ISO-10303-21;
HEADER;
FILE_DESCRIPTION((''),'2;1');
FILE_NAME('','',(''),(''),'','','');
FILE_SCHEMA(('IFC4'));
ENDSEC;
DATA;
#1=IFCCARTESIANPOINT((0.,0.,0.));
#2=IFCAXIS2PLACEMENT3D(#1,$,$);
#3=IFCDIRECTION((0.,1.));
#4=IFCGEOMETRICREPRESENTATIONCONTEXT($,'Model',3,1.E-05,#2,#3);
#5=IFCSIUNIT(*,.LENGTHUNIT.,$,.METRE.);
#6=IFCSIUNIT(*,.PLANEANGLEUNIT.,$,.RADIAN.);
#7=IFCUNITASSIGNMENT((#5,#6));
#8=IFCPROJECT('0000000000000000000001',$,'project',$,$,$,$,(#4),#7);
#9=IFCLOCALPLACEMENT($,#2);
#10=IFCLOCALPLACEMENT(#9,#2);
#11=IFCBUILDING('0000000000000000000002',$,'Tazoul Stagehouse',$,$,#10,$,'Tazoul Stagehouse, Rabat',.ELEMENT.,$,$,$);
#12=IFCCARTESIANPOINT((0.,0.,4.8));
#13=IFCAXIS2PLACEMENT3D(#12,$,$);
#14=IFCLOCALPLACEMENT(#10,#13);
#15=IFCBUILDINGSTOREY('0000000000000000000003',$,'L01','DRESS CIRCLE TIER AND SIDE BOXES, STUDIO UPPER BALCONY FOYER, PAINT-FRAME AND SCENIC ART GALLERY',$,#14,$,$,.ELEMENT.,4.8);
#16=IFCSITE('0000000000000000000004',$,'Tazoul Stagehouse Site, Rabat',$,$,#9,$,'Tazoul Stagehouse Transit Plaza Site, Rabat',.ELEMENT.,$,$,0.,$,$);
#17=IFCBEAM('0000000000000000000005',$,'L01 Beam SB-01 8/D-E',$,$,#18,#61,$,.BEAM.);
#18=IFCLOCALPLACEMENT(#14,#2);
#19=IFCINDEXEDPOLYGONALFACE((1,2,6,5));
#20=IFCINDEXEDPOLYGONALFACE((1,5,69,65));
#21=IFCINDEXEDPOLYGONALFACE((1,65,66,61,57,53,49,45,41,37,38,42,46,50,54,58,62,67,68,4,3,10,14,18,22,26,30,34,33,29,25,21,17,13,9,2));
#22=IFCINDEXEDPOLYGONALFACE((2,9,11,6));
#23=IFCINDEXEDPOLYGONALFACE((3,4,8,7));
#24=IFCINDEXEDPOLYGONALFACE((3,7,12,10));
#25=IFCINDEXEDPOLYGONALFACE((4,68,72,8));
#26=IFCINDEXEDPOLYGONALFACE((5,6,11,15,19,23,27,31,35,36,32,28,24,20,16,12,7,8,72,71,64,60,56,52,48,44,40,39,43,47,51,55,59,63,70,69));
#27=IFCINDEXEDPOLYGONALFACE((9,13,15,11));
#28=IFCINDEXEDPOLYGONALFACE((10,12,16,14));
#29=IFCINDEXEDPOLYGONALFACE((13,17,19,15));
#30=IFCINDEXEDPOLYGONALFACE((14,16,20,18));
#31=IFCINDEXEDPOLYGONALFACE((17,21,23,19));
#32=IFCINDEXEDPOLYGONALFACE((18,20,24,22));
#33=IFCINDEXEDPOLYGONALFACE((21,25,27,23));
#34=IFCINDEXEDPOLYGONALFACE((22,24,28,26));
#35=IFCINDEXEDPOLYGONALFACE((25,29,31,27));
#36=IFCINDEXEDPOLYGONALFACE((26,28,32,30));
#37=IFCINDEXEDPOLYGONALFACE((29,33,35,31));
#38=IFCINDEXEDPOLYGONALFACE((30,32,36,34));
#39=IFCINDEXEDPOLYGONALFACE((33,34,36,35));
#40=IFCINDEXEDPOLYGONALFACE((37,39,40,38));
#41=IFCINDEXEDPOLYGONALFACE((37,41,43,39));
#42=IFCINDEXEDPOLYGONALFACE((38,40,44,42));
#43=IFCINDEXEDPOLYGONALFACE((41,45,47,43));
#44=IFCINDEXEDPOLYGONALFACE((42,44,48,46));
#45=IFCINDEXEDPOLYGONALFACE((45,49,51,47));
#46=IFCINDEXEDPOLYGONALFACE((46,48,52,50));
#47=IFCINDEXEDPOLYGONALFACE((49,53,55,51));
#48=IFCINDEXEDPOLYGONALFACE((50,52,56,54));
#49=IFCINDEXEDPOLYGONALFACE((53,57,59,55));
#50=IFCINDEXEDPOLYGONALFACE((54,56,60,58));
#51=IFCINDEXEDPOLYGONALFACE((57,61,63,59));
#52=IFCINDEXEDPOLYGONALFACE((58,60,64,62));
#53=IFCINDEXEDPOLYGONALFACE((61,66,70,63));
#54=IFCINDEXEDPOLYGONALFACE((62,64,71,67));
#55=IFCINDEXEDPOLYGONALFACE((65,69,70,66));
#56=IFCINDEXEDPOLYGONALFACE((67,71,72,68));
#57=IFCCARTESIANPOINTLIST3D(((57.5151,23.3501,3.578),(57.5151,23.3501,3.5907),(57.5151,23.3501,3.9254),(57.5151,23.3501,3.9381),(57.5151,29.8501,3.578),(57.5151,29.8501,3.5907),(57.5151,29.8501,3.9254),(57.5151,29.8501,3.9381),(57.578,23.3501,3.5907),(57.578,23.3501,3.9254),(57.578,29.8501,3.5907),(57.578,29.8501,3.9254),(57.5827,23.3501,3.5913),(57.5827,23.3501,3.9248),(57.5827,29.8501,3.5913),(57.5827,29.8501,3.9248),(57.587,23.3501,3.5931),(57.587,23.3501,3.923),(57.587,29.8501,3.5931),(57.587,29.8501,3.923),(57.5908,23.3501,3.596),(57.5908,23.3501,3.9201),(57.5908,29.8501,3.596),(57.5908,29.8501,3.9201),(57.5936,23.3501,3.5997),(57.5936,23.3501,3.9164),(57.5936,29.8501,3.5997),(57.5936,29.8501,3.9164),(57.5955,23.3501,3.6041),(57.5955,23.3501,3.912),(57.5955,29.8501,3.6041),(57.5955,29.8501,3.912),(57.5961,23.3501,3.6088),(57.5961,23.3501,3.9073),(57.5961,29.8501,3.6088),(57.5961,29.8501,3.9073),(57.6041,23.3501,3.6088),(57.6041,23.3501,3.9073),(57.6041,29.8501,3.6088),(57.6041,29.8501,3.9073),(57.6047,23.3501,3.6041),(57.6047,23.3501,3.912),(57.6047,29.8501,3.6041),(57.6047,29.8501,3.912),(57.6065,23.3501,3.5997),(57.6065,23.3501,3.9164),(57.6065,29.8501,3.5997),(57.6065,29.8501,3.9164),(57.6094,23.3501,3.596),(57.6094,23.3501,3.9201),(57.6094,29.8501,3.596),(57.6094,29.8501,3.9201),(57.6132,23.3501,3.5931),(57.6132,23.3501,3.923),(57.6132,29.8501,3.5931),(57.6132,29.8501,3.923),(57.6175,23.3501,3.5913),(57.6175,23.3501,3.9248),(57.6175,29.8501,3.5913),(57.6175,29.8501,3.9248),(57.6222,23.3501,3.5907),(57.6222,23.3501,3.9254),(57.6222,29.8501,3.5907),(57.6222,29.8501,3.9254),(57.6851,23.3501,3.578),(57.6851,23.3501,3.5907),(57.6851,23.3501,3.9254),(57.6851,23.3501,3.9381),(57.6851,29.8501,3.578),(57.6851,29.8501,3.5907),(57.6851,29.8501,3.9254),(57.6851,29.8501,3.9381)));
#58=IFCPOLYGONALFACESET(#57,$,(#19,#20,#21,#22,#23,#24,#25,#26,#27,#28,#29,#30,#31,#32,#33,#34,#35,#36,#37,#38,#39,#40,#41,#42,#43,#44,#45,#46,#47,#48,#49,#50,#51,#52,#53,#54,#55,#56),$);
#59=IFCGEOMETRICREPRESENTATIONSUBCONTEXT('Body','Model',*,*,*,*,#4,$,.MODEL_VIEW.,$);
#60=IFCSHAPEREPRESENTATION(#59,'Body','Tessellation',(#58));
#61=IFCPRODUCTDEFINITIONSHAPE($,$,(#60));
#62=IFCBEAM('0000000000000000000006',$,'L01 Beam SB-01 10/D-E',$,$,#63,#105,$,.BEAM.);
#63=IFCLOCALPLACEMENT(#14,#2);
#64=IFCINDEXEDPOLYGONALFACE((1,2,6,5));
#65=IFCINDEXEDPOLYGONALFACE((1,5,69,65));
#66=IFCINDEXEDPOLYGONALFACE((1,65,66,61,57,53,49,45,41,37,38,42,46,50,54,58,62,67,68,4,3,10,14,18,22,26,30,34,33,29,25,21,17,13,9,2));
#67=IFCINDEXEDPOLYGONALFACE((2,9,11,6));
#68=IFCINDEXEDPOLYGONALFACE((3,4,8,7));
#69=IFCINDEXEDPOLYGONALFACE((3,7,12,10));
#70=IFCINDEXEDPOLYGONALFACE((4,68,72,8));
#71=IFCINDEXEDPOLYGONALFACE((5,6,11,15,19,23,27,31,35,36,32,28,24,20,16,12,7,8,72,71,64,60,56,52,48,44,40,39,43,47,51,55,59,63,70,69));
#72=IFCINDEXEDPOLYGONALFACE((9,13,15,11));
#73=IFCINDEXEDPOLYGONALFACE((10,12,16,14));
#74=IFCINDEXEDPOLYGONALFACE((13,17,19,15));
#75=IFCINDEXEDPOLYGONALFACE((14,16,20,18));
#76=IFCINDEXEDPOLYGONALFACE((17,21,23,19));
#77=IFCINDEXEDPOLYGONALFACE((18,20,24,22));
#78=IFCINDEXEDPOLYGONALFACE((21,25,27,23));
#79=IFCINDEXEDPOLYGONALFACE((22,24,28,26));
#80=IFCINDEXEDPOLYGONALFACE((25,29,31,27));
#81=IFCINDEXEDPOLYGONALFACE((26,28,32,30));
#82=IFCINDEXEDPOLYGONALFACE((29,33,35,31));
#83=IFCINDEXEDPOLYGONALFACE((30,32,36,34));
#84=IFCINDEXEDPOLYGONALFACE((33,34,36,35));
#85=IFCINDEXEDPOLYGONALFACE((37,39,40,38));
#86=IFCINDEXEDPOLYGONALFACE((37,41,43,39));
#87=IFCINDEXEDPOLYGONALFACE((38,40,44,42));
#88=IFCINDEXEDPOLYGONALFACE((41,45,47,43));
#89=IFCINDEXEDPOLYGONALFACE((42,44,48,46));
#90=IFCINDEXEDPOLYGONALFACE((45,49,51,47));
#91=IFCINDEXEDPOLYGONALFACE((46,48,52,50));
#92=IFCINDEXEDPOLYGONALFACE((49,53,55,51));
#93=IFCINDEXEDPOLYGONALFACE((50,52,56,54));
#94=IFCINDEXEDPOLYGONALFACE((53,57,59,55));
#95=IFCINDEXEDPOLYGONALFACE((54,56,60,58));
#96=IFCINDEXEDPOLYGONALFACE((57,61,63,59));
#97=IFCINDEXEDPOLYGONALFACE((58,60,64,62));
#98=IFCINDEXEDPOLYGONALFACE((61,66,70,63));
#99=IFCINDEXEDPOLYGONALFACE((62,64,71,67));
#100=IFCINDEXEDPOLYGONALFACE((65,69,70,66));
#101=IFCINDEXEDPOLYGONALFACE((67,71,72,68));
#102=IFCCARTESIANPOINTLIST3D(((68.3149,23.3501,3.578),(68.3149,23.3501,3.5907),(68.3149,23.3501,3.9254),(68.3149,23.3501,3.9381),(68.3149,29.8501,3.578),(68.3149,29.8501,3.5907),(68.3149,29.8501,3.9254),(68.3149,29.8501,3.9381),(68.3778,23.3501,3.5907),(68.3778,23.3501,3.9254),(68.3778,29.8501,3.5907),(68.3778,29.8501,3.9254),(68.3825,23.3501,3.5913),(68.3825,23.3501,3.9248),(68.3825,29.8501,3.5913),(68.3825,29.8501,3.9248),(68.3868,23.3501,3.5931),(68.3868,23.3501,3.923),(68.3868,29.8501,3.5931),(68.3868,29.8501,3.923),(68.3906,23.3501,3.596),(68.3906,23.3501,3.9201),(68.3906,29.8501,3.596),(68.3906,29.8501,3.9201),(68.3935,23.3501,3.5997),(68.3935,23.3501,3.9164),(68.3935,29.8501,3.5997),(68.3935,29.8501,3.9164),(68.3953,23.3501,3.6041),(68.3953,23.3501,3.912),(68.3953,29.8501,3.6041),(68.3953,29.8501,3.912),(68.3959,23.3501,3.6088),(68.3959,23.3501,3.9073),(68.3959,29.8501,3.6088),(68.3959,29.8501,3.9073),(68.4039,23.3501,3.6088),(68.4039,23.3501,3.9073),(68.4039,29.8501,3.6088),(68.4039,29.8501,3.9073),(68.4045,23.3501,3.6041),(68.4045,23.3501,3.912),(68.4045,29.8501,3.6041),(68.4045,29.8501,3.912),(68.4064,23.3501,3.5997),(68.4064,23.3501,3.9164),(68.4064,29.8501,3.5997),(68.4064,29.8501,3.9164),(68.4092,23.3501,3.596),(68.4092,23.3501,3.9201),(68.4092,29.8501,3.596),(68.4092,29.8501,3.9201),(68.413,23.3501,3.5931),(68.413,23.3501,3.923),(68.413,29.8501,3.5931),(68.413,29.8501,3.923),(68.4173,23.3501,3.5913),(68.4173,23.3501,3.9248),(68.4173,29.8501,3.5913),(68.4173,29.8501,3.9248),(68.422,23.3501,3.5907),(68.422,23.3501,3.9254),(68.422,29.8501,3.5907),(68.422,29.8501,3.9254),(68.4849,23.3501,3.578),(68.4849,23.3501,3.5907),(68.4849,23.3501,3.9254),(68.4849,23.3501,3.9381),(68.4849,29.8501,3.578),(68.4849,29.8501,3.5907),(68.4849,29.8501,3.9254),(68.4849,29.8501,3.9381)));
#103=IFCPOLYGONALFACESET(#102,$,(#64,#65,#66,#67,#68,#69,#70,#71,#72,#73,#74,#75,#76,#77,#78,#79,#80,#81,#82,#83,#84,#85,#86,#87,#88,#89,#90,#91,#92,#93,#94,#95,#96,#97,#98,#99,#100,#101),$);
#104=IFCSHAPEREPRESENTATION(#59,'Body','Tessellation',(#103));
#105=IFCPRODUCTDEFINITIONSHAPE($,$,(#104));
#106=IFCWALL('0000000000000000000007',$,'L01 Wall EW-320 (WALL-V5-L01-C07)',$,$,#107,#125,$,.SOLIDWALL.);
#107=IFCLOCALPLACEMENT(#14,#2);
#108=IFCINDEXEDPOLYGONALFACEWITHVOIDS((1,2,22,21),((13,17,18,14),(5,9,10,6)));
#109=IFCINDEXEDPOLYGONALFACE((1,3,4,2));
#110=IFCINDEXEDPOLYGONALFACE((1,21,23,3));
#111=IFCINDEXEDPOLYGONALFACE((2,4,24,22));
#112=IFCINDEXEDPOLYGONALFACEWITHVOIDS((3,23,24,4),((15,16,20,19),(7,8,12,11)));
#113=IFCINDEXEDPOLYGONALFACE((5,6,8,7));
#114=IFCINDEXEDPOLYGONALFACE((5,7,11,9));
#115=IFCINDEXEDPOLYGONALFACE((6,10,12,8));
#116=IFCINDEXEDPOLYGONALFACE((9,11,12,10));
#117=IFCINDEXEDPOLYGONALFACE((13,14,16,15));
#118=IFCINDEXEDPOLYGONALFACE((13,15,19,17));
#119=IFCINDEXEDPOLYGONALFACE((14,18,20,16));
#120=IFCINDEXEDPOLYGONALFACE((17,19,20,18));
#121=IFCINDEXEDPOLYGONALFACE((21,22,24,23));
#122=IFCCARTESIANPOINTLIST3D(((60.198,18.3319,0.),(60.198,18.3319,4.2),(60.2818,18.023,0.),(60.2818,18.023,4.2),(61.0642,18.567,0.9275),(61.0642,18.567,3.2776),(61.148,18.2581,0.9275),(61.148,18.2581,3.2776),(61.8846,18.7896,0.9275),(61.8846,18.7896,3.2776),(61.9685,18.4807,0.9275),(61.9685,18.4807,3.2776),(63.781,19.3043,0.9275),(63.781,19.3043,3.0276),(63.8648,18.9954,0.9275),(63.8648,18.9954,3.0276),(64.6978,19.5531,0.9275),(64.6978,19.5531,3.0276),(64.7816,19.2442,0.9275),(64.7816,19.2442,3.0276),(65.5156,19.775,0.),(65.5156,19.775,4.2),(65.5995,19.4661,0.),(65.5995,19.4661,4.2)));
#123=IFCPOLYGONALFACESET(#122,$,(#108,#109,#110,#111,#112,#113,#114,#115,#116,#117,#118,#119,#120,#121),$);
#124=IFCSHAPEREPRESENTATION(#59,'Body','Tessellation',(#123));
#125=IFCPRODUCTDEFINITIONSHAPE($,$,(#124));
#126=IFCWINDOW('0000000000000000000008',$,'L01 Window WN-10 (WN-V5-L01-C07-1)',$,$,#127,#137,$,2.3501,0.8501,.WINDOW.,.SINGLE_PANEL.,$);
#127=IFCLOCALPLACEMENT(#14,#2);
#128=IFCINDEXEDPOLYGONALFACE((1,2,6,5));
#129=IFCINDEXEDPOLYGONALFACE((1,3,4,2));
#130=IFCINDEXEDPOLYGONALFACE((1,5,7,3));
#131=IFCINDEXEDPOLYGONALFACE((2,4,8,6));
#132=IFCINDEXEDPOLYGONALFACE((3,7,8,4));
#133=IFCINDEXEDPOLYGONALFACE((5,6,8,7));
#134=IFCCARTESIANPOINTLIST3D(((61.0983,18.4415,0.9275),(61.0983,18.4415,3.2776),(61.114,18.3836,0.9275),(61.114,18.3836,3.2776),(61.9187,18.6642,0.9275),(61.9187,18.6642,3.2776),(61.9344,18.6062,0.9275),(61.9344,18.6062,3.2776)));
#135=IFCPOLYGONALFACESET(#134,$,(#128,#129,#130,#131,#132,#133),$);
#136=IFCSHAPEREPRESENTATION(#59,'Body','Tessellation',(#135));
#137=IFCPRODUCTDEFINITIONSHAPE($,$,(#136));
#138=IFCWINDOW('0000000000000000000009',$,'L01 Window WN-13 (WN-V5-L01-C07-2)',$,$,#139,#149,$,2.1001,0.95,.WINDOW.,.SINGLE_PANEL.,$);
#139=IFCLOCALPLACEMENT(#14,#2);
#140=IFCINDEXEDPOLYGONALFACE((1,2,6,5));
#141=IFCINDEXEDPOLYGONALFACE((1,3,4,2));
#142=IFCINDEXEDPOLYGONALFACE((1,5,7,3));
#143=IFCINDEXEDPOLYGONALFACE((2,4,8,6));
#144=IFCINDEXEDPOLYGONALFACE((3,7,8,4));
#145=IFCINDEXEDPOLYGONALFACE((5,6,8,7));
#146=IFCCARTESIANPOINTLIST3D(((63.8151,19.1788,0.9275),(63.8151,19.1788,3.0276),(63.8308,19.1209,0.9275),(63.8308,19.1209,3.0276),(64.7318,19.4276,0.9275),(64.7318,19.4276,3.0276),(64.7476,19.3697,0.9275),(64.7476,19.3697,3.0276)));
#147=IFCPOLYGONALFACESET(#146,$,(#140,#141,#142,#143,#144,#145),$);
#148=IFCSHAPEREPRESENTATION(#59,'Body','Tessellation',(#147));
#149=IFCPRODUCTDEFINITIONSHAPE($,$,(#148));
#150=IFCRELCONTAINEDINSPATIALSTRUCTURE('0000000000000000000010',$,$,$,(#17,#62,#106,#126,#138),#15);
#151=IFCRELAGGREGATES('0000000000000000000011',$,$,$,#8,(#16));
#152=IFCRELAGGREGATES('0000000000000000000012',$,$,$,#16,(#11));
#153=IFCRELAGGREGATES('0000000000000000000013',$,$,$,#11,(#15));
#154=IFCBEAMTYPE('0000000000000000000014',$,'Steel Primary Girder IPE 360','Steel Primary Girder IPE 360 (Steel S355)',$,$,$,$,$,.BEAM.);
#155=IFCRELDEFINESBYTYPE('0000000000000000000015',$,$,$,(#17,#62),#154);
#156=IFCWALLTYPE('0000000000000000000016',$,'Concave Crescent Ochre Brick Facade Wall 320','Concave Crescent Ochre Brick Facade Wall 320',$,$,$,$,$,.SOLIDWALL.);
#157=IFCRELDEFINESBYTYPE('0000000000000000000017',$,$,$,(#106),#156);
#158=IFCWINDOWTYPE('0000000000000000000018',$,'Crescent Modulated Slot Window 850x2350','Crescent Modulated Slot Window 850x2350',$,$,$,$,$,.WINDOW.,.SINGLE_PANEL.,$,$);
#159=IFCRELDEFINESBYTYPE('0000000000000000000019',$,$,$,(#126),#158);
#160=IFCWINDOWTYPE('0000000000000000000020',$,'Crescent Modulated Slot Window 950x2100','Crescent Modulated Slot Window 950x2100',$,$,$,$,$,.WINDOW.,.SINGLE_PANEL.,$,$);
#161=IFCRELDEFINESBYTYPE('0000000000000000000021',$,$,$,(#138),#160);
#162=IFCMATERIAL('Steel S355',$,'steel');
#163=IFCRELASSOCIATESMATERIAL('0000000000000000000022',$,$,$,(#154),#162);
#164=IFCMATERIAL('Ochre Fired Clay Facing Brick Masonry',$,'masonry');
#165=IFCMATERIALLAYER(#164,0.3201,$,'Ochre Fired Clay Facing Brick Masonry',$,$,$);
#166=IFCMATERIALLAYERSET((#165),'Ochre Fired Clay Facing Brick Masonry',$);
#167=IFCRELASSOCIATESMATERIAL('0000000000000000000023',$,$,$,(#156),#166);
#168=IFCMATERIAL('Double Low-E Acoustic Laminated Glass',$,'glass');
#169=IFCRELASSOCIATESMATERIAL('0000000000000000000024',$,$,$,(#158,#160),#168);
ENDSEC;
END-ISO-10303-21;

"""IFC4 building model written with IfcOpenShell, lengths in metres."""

from ifc_helpers import new_model, si_unit, direction, frame, frame_2d, origin, origin_2d, place, context, subcontext, project, spatial, rectangle, i_section, extrude, material, layer, layer_set, material_profile, profile_set, type_object, element, fill, save


model = new_model("IFC4")

# Units and contexts
model_context = context("Model", 3, precision=1e-05, world=origin(), true_north=direction((0.0, 1.0)))
body_context = subcontext(model_context, "Body", "Model", "MODEL_VIEW")
ifc_project = project(units=[si_unit("LENGTHUNIT", "METRE"), si_unit("PLANEANGLEUNIT", "RADIAN")], contexts=[model_context])

# Site, building, storey
site_placement = place(None, origin())
site = spatial("IfcSite", under=ifc_project, at=site_placement, Name="Tazoul Stagehouse Site, Rabat", LongName="Tazoul Stagehouse Transit Plaza Site, Rabat", CompositionType="ELEMENT", RefElevation=0.0)
building_placement = place(site_placement, origin())
building = spatial("IfcBuilding", under=site, at=building_placement, Name="Tazoul Stagehouse", LongName="Tazoul Stagehouse, Rabat", CompositionType="ELEMENT")
storey_placement = place(building_placement, frame((0.0, 0.0, 4.8)))
storey = spatial("IfcBuildingStorey", under=building, at=storey_placement, Name="L01", Description="DRESS CIRCLE TIER AND SIDE BOXES, STUDIO UPPER BALCONY FOYER, PAINT-FRAME AND SCENIC ART GALLERY", CompositionType="ELEMENT", Elevation=4.8)

# Beams
ifc_material_1 = material(Name="Steel S355", Category="steel")
ifc_material_profile_1 = material_profile(ifc_material_1, i_section(OverallWidth=0.1699, OverallDepth=0.3601, WebThickness=0.0081, FlangeThickness=0.0127, FilletRadius=0.0181, at=origin_2d()), Name="IPE 360")
ifc_profile_set_1 = profile_set([ifc_material_profile_1], Name="Steel S355")
beam_type_1 = type_object("IfcBeamType", Name="Steel Primary Girder IPE 360", Description="Steel Primary Girder IPE 360 (Steel S355)", PredefinedType="BEAM", material=ifc_profile_set_1)
for number, where, z_axis, x_axis, name in (
    (1, (57.6001, 23.3501, 3.7581), (0.0, 1.0, 0.0), (-1.0, 0.0, 0.0), "L01 Beam SB-01 8/D-E"),
    (2, (68.3999, 23.3501, 3.7581), (0.0, 1.0, 0.0), (-1.0, 0.0, 0.0), "L01 Beam SB-01 10/D-E"),
):
    element("IfcBeam", number, at=place(storey_placement, frame(where, z_axis=z_axis, x_axis=x_axis)), inside=storey, type_object=beam_type_1, Name=name, PredefinedType="BEAM", context=body_context, shape_type="SweptSolid", body=[
        extrude(i_section(OverallWidth=0.1699, OverallDepth=0.3601, WebThickness=0.0081, FlangeThickness=0.0127, FilletRadius=0.0181, at=origin_2d()), origin(), (0.0, 0.0, 1.0), 6.5),
    ])

# Wall, openings, windows
ifc_material_2 = material(Name="Ochre Fired Clay Facing Brick Masonry", Category="masonry")
ifc_layer_1 = layer(ifc_material_2, 0.3201, Name="Ochre Fired Clay Facing Brick Masonry")
ifc_layer_set_1 = layer_set([ifc_layer_1], Name="Ochre Fired Clay Facing Brick Masonry")
wall_type_1 = type_object("IfcWallType", Name="Concave Crescent Ochre Brick Facade Wall 320", Description="Concave Crescent Ochre Brick Facade Wall 320", PredefinedType="SOLIDWALL", material=ifc_layer_set_1)
wall_1_placement = place(storey_placement, frame((60.24, 18.1775, 0.0), z_axis=(0.0, 0.0, 1.0), x_axis=(0.965092, 0.26191, 0.0)))
wall_1 = element("IfcWall", 3, at=wall_1_placement, inside=storey, type_object=wall_type_1, Name="L01 Wall EW-320 (WALL-V5-L01-C07)", PredefinedType="SOLIDWALL", context=body_context, shape_type="SweptSolid", body=[
    extrude(rectangle(XDim=5.51, YDim=0.3201, at=frame_2d((2.7549, 0.0))), origin(), (0.0, 0.0, 1.0), 4.2),
])
opening_1_placement = place(wall_1_placement, frame((0.8975, 0.0, 0.9275)))
opening_1 = element("IfcOpeningElement", 4, at=opening_1_placement, cuts=wall_1, PredefinedType="OPENING", context=body_context, shape_type="SweptSolid", body=[
    extrude(rectangle(XDim=0.8501, YDim=2.3501, at=frame_2d((0.425, 1.175))), frame((0.0, 0.1799, 0.0), z_axis=(0.0, -1.0, 0.0), x_axis=(1.0, 0.0, 0.0)), (0.0, 0.0, 1.0), 0.3601),
])
opening_2_placement = place(wall_1_placement, frame((3.7124, 0.0, 0.9275)))
opening_2 = element("IfcOpeningElement", 5, at=opening_2_placement, cuts=wall_1, PredefinedType="OPENING", context=body_context, shape_type="SweptSolid", body=[
    extrude(rectangle(XDim=0.95, YDim=2.1001, at=frame_2d((0.4751, 1.05))), frame((0.0, 0.1799, 0.0), z_axis=(0.0, -1.0, 0.0), x_axis=(1.0, 0.0, 0.0)), (0.0, 0.0, 1.0), 0.3601),
])
ifc_material_3 = material(Name="Double Low-E Acoustic Laminated Glass", Category="glass")
window_type_1 = type_object("IfcWindowType", Name="Crescent Modulated Slot Window 850x2350", Description="Crescent Modulated Slot Window 850x2350", PartitioningType="SINGLE_PANEL", PredefinedType="WINDOW", material=ifc_material_3)
window_1_placement = place(opening_1_placement, origin())
window_1 = element("IfcWindow", 6, at=window_1_placement, inside=storey, type_object=window_type_1, Name="L01 Window WN-10 (WN-V5-L01-C07-1)", OverallHeight=2.3501, OverallWidth=0.8501, PartitioningType="SINGLE_PANEL", PredefinedType="WINDOW", context=body_context, shape_type="SweptSolid", body=[
    extrude(rectangle(XDim=0.8501, YDim=2.3501, at=frame_2d((0.425, 1.175))), frame((0.0, 0.03, 0.0), z_axis=(0.0, -1.0, 0.0), x_axis=(1.0, 0.0, 0.0)), (0.0, 0.0, 1.0), 0.0601),
])
fill(opening_1, window_1)
window_type_2 = type_object("IfcWindowType", Name="Crescent Modulated Slot Window 950x2100", Description="Crescent Modulated Slot Window 950x2100", PartitioningType="SINGLE_PANEL", PredefinedType="WINDOW", material=ifc_material_3)
window_2_placement = place(opening_2_placement, origin())
window_2 = element("IfcWindow", 7, at=window_2_placement, inside=storey, type_object=window_type_2, Name="L01 Window WN-13 (WN-V5-L01-C07-2)", OverallHeight=2.1001, OverallWidth=0.95, PartitioningType="SINGLE_PANEL", PredefinedType="WINDOW", context=body_context, shape_type="SweptSolid", body=[
    extrude(rectangle(XDim=0.95, YDim=2.1001, at=frame_2d((0.4751, 1.05))), frame((0.0, 0.03, 0.0), z_axis=(0.0, -1.0, 0.0), x_axis=(1.0, 0.0, 0.0)), (0.0, 0.0, 1.0), 0.0601),
])
fill(opening_2, window_2)

save(model, "model.ifc")
